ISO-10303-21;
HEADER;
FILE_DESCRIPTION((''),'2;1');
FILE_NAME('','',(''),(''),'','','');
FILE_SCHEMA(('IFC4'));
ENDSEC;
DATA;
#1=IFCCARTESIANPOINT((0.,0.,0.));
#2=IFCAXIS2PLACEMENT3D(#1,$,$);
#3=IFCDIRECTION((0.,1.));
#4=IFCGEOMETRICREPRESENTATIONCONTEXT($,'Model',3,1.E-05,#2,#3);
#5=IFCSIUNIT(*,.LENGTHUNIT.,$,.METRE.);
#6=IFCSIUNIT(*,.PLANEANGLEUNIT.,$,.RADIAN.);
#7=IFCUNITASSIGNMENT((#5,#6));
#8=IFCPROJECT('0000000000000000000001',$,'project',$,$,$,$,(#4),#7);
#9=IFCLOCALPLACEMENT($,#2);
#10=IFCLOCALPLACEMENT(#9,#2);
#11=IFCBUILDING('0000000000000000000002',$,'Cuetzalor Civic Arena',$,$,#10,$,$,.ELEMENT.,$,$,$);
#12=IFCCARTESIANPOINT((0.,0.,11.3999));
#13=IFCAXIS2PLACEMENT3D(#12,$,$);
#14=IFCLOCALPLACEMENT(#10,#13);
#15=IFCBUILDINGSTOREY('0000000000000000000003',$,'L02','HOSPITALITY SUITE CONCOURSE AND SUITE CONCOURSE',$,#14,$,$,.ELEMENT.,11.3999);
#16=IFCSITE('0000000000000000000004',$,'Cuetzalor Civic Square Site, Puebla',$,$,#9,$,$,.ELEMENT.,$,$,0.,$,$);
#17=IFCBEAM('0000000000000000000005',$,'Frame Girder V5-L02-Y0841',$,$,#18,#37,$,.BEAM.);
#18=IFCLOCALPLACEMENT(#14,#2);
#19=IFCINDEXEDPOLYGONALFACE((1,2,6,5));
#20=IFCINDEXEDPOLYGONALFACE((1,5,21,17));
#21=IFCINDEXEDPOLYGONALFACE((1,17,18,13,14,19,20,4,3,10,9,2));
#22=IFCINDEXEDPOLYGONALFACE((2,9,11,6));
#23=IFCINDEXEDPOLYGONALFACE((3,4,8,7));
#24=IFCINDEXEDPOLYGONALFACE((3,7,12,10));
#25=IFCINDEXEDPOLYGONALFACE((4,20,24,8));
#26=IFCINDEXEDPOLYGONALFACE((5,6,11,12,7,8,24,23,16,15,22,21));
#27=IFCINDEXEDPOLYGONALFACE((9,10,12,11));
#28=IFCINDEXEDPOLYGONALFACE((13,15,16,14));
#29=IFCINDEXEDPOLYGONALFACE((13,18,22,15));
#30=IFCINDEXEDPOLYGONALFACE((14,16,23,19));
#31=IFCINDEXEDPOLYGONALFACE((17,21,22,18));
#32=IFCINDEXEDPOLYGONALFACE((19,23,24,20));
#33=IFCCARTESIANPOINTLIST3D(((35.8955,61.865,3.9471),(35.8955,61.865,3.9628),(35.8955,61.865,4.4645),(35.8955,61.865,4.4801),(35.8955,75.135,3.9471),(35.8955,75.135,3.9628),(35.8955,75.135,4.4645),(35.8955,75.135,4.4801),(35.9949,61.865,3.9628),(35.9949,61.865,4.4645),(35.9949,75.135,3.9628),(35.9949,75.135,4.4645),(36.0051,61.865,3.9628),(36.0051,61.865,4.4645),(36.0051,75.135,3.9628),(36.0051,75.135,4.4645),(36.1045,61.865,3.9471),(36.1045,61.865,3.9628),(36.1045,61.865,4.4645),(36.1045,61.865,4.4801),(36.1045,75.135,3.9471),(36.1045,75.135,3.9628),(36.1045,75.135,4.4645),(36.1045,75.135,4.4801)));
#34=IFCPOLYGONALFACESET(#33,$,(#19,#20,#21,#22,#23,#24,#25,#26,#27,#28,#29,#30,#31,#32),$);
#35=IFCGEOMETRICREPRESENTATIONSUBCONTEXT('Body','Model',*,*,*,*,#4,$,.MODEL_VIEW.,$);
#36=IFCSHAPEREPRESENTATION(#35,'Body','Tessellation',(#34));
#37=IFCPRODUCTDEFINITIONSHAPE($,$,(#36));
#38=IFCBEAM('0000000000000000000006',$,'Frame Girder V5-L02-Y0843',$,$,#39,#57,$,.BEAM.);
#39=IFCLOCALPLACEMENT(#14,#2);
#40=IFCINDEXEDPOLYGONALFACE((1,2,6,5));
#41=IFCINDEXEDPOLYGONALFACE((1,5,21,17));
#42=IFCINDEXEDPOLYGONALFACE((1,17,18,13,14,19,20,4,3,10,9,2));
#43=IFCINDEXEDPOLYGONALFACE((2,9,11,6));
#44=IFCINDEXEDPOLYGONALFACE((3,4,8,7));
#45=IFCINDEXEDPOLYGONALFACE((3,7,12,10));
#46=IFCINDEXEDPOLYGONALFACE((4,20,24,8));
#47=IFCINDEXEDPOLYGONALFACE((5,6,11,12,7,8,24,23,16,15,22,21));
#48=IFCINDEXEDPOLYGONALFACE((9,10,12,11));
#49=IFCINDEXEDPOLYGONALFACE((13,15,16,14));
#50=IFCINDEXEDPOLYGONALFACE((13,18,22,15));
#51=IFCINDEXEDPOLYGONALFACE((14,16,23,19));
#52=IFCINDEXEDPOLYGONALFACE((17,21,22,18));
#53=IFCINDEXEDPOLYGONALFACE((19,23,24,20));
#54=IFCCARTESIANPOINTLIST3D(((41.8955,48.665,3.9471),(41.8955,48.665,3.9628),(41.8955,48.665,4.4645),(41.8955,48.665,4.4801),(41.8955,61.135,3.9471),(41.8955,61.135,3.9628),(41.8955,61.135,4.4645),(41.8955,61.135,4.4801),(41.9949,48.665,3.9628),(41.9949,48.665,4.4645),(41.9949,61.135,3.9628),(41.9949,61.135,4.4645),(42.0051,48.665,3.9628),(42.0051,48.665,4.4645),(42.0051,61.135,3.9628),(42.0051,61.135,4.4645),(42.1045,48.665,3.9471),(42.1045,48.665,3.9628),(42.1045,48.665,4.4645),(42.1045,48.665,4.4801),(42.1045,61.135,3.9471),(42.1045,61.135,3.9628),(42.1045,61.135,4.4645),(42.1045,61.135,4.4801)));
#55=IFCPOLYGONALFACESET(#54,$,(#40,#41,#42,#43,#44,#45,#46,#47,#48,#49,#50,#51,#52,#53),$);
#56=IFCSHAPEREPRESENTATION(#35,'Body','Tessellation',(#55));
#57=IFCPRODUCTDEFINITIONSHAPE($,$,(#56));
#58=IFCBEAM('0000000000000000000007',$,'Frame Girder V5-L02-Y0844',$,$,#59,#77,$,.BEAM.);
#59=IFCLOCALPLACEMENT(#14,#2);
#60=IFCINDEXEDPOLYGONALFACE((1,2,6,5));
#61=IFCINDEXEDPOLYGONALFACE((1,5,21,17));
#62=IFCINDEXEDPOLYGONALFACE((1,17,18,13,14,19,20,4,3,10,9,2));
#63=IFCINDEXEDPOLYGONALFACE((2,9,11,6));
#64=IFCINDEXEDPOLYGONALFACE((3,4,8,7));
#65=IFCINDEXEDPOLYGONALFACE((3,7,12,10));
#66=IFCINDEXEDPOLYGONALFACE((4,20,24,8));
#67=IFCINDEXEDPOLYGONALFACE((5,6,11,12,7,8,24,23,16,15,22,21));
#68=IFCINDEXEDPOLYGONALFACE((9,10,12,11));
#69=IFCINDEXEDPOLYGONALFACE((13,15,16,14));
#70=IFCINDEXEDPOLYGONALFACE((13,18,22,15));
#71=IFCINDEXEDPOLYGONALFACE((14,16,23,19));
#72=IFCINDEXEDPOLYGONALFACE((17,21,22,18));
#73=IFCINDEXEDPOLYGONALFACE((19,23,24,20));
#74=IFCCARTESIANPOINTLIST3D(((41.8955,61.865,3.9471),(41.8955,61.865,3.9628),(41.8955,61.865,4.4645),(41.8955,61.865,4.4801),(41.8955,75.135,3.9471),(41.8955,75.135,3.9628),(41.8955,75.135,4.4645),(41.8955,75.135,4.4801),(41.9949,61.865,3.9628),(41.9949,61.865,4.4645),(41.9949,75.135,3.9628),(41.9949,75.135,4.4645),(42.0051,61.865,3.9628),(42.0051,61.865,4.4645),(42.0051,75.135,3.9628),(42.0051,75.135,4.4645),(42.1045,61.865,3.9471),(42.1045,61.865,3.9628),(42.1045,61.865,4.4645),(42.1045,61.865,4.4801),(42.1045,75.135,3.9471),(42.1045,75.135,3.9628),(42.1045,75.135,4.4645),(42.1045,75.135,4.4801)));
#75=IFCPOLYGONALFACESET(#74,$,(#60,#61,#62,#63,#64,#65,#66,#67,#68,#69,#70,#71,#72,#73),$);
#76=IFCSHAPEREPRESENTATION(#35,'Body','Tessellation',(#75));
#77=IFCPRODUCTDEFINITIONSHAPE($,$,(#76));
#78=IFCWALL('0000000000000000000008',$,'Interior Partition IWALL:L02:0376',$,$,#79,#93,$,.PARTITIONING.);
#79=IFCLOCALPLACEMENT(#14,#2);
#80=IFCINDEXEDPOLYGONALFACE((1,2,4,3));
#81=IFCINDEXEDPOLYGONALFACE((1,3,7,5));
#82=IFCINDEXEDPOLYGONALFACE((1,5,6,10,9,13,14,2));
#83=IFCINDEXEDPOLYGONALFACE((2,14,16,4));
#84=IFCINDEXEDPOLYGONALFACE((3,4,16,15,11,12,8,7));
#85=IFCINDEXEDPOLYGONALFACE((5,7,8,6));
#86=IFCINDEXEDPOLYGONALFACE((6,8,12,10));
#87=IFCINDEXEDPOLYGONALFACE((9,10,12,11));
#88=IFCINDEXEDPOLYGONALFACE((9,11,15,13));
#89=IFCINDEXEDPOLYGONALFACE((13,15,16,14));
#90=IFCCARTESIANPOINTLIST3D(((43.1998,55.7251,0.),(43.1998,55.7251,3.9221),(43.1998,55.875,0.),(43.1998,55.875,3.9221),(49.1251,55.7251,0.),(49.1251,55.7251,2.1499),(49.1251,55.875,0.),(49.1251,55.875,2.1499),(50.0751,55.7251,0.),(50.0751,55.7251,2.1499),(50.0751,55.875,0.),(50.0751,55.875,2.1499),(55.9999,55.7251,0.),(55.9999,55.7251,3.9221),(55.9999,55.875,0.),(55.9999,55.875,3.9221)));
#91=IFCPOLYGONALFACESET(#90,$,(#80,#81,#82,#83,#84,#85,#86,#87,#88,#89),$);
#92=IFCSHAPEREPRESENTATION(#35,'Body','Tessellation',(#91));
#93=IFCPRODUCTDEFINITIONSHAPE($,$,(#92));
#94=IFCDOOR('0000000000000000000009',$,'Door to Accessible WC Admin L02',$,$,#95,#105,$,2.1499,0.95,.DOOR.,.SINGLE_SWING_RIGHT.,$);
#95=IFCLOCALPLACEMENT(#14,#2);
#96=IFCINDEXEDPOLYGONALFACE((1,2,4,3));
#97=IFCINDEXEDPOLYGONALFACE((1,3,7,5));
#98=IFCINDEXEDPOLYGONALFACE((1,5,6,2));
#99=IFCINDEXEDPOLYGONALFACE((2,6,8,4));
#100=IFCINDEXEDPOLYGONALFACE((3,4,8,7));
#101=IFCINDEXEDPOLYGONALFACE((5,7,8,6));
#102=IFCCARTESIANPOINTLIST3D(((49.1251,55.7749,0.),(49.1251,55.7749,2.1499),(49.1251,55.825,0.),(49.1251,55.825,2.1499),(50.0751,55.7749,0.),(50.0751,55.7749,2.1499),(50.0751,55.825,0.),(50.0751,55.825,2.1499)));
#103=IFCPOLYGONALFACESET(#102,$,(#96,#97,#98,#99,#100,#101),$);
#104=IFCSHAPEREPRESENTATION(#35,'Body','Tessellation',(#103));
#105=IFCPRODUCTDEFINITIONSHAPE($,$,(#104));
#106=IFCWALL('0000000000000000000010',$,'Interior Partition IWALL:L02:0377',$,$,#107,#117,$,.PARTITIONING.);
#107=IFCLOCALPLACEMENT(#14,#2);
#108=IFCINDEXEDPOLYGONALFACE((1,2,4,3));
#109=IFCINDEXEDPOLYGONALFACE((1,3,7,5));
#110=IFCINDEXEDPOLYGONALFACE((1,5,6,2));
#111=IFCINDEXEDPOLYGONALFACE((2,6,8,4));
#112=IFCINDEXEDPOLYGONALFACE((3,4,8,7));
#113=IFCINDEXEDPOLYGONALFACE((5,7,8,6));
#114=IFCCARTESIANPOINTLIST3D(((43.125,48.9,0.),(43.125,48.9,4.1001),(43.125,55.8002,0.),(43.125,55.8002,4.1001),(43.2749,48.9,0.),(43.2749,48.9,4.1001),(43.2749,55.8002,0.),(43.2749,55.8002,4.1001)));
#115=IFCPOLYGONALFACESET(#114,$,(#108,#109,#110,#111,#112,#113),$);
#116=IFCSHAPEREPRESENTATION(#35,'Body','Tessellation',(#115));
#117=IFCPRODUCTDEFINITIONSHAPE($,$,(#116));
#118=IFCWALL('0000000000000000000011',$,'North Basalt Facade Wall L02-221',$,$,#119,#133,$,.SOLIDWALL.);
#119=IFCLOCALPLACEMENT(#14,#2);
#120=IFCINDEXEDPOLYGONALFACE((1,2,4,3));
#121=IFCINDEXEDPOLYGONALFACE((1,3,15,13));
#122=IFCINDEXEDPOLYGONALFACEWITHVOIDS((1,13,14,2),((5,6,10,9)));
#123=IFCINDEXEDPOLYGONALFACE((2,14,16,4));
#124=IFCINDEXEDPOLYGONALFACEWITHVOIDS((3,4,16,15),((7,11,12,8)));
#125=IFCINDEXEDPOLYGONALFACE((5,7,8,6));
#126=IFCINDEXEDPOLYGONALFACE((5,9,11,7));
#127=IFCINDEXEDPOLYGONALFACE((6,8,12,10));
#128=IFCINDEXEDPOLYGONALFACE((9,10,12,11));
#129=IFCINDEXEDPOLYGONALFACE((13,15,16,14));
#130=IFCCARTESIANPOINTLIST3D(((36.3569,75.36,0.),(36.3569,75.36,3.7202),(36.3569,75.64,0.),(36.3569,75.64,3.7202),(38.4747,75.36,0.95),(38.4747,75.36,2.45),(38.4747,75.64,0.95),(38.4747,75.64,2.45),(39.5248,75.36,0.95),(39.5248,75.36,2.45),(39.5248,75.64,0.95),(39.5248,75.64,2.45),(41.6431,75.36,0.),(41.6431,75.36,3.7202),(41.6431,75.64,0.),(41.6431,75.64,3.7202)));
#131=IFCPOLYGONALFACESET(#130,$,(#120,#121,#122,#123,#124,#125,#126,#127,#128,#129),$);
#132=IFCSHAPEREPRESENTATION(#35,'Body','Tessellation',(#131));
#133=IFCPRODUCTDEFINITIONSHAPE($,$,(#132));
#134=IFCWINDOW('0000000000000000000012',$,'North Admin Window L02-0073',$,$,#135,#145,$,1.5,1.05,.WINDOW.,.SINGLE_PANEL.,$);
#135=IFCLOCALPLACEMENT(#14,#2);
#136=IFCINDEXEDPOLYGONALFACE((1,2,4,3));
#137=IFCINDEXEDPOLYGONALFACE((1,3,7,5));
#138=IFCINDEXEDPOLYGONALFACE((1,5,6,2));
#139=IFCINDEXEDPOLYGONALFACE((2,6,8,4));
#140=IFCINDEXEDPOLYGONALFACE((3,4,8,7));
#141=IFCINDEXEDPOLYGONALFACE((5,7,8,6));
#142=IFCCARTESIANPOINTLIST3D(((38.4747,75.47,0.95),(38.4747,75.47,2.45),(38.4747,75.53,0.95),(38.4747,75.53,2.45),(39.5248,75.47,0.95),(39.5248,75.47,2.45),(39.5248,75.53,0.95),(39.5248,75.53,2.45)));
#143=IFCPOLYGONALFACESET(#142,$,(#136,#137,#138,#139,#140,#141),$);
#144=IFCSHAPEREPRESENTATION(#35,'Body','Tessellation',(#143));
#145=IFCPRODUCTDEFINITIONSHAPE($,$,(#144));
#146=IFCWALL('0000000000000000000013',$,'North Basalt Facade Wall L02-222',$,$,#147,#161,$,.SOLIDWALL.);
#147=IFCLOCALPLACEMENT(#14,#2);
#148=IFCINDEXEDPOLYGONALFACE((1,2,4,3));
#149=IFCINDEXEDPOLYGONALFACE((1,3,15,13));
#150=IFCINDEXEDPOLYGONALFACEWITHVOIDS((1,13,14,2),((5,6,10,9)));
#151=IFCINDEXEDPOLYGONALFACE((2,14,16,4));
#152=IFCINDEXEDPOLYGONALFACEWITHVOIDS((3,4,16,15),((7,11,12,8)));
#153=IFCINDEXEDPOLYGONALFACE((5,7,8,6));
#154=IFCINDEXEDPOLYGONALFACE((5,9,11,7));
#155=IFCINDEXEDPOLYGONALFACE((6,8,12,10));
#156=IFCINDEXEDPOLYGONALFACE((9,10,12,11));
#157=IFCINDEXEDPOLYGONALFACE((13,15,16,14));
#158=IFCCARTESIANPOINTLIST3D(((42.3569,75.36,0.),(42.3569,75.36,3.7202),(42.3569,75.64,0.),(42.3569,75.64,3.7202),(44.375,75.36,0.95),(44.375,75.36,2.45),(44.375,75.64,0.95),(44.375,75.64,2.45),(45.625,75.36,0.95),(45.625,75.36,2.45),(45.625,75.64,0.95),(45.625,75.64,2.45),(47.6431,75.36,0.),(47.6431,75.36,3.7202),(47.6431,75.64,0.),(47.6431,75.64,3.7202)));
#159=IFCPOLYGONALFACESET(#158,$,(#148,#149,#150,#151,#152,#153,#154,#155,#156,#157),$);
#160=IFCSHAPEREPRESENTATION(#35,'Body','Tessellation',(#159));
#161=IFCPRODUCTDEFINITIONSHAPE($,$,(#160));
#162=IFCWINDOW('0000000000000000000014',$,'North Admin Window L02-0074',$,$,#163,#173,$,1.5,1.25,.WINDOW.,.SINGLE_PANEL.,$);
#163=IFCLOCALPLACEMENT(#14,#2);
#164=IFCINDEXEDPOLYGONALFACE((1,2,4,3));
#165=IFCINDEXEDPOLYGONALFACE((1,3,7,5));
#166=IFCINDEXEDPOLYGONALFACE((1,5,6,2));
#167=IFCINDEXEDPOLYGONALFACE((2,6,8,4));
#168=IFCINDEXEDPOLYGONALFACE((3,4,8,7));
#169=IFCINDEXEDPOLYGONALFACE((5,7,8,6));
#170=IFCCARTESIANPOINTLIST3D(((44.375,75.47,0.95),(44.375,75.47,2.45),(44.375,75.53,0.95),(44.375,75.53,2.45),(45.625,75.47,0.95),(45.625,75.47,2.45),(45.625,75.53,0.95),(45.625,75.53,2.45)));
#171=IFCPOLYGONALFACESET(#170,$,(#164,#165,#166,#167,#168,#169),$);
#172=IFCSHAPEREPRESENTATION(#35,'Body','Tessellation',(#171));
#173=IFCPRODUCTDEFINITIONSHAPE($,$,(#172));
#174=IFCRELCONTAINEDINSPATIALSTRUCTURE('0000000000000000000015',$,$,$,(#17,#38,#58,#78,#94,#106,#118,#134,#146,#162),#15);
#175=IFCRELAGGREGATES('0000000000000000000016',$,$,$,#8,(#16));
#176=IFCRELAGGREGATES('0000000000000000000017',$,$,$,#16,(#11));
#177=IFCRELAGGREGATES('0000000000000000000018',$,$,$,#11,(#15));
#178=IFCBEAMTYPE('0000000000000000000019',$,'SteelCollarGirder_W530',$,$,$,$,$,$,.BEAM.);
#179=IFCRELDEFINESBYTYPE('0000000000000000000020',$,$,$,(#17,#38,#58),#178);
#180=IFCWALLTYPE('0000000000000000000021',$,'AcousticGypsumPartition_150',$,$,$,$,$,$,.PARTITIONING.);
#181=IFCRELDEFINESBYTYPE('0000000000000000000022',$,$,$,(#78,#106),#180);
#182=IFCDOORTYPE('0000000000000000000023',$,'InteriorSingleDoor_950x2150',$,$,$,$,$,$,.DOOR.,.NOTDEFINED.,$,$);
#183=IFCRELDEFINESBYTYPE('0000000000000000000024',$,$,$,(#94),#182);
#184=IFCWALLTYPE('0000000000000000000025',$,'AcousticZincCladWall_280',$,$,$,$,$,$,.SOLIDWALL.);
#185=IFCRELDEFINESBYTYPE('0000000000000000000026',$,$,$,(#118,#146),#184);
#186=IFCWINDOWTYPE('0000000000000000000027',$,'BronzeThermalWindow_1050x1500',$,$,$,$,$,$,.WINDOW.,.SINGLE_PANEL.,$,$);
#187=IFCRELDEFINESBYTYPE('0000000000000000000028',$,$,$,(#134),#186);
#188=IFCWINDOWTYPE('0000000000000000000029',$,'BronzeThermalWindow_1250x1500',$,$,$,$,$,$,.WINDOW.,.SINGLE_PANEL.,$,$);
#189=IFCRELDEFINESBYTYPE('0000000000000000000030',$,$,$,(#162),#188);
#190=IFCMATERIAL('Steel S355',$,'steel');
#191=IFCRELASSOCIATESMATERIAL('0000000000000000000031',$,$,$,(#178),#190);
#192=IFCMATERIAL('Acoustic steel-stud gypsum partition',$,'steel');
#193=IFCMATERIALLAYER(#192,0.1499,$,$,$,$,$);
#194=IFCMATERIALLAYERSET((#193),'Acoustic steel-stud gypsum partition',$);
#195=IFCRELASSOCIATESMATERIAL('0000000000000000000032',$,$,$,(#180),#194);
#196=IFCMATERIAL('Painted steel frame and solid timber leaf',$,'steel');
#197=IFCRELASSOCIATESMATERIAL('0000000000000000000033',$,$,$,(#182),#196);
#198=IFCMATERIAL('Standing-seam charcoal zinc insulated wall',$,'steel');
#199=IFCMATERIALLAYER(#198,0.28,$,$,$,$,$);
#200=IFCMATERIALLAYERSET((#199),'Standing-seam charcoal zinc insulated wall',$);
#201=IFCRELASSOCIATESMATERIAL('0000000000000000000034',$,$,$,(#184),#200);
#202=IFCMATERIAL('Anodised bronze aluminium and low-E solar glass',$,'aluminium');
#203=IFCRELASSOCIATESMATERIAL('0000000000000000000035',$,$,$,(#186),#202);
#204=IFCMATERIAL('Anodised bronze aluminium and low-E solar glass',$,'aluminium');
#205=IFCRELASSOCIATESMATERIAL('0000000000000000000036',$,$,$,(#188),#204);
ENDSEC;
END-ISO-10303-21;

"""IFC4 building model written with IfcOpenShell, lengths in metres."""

from ifc_helpers import new_model, si_unit, direction, frame, frame_2d, origin, origin_2d, place, context, subcontext, project, spatial, rectangle, i_section, extrude, material, layer, layer_set, material_profile, profile_set, type_object, element, fill, save


model = new_model("IFC4")

# Units and contexts
model_context = context("Model", 3, precision=1e-05, world=origin(), true_north=direction((0.0, 1.0)))
body_context = subcontext(model_context, "Body", "Model", "MODEL_VIEW")
ifc_project = project(units=[si_unit("LENGTHUNIT", "METRE"), si_unit("PLANEANGLEUNIT", "RADIAN")], contexts=[model_context])

# Site, building, storey
site_placement = place(None, origin())
site = spatial("IfcSite", under=ifc_project, at=site_placement, Name="Cuetzalor Civic Square Site, Puebla", CompositionType="ELEMENT", RefElevation=0.0)
building_placement = place(site_placement, origin())
building = spatial("IfcBuilding", under=site, at=building_placement, Name="Cuetzalor Civic Arena", CompositionType="ELEMENT")
storey_placement = place(building_placement, frame((0.0, 0.0, 11.3999)))
storey = spatial("IfcBuildingStorey", under=building, at=storey_placement, Name="L02", Description="HOSPITALITY SUITE CONCOURSE AND SUITE CONCOURSE", CompositionType="ELEMENT", Elevation=11.3999)

# Beams
ifc_material_1 = material(Name="Steel S355", Category="steel")
ifc_material_profile_1 = material_profile(ifc_material_1, i_section(OverallWidth=0.209, OverallDepth=0.533, WebThickness=0.0103, FlangeThickness=0.0156, at=origin_2d()), Name="W530x92")
ifc_profile_set_1 = profile_set([ifc_material_profile_1], Name="Steel S355")
beam_type_1 = type_object("IfcBeamType", Name="SteelCollarGirder_W530", PredefinedType="BEAM", material=ifc_profile_set_1)
beam_1_placement = place(storey_placement, frame((36.0, 61.865, 4.2136), z_axis=(0.0, 1.0, 0.0), x_axis=(-1.0, 0.0, 0.0)))
element("IfcBeam", 1, at=beam_1_placement, inside=storey, type_object=beam_type_1, Name="Frame Girder V5-L02-Y0841", PredefinedType="BEAM", context=body_context, shape_type="SweptSolid", body=[
    extrude(i_section(OverallWidth=0.209, OverallDepth=0.533, WebThickness=0.0103, FlangeThickness=0.0156, at=origin_2d()), origin(), (0.0, 0.0, 1.0), 13.27),
])
beam_2_placement = place(storey_placement, frame((42.0, 48.665, 4.2136), z_axis=(0.0, 1.0, 0.0), x_axis=(-1.0, 0.0, 0.0)))
element("IfcBeam", 2, at=beam_2_placement, inside=storey, type_object=beam_type_1, Name="Frame Girder V5-L02-Y0843", PredefinedType="BEAM", context=body_context, shape_type="SweptSolid", body=[
    extrude(i_section(OverallWidth=0.209, OverallDepth=0.533, WebThickness=0.0103, FlangeThickness=0.0156, at=origin_2d()), origin(), (0.0, 0.0, 1.0), 12.47),
])
beam_3_placement = place(storey_placement, frame((42.0, 61.865, 4.2136), z_axis=(0.0, 1.0, 0.0), x_axis=(-1.0, 0.0, 0.0)))
element("IfcBeam", 3, at=beam_3_placement, inside=storey, type_object=beam_type_1, Name="Frame Girder V5-L02-Y0844", PredefinedType="BEAM", context=body_context, shape_type="SweptSolid", body=[
    extrude(i_section(OverallWidth=0.209, OverallDepth=0.533, WebThickness=0.0103, FlangeThickness=0.0156, at=origin_2d()), origin(), (0.0, 0.0, 1.0), 13.27),
])

# Wall, opening, door
ifc_material_2 = material(Name="Acoustic steel-stud gypsum partition", Category="steel")
ifc_layer_1 = layer(ifc_material_2, 0.1499)
ifc_layer_set_1 = layer_set([ifc_layer_1], Name="Acoustic steel-stud gypsum partition")
wall_type_1 = type_object("IfcWallType", Name="AcousticGypsumPartition_150", PredefinedType="PARTITIONING", material=ifc_layer_set_1)
wall_1_placement = place(storey_placement, frame((43.2, 55.8, 0.0), z_axis=(0.0, 0.0, 1.0), x_axis=(1.0, 0.0, 0.0)))
wall_1 = element("IfcWall", 4, at=wall_1_placement, inside=storey, type_object=wall_type_1, Name="Interior Partition IWALL:L02:0376", PredefinedType="PARTITIONING", context=body_context, shape_type="SweptSolid", body=[
    extrude(rectangle(XDim=12.8, YDim=0.1499, at=frame_2d((6.3999, 0.0))), origin(), (0.0, 0.0, 1.0), 3.9221),
])
opening_1_placement = place(wall_1_placement, frame((5.925, 0.0, 0.0)))
opening_1 = element("IfcOpeningElement", 5, at=opening_1_placement, cuts=wall_1, PredefinedType="OPENING", context=body_context, shape_type="SweptSolid", body=[
    extrude(rectangle(XDim=0.95, YDim=2.1499, at=frame_2d((0.4751, 1.075))), frame((0.0, 0.085, 0.0), z_axis=(0.0, -1.0, 0.0), x_axis=(1.0, 0.0, 0.0)), (0.0, 0.0, 1.0), 0.1699),
])
ifc_material_3 = material(Name="Painted steel frame and solid timber leaf", Category="steel")
door_type = type_object("IfcDoorType", Name="InteriorSingleDoor_950x2150", OperationType="NOTDEFINED", PredefinedType="DOOR", material=ifc_material_3)
door_placement = place(opening_1_placement, origin())
door = element("IfcDoor", 6, at=door_placement, inside=storey, type_object=door_type, Name="Door to Accessible WC Admin L02", OperationType="SINGLE_SWING_RIGHT", OverallHeight=2.1499, OverallWidth=0.95, PredefinedType="DOOR", context=body_context, shape_type="SweptSolid", body=[
    extrude(rectangle(XDim=0.95, YDim=2.1499, at=frame_2d((0.4751, 1.075))), frame((0.0, 0.0249, 0.0), z_axis=(0.0, -1.0, 0.0), x_axis=(1.0, 0.0, 0.0)), (0.0, 0.0, 1.0), 0.05),
])
fill(opening_1, door)

# Wall
wall_2_placement = place(storey_placement, frame((43.2, 48.8999, 0.0), z_axis=(0.0, 0.0, 1.0), x_axis=(0.0, 1.0, 0.0)))
element("IfcWall", 7, at=wall_2_placement, inside=storey, type_object=wall_type_1, Name="Interior Partition IWALL:L02:0377", PredefinedType="PARTITIONING", context=body_context, shape_type="SweptSolid", body=[
    extrude(rectangle(XDim=6.9001, YDim=0.1499, at=frame_2d((3.4502, 0.0))), origin(), (0.0, 0.0, 1.0), 4.1001),
])

# Walls, openings, windows
ifc_material_4 = material(Name="Standing-seam charcoal zinc insulated wall", Category="steel")
ifc_layer_2 = layer(ifc_material_4, 0.28)
ifc_layer_set_2 = layer_set([ifc_layer_2], Name="Standing-seam charcoal zinc insulated wall")
wall_type_2 = type_object("IfcWallType", Name="AcousticZincCladWall_280", PredefinedType="SOLIDWALL", material=ifc_layer_set_2)
wall_3_placement = place(storey_placement, frame((36.3569, 75.5, 0.0), z_axis=(0.0, 0.0, 1.0), x_axis=(1.0, 0.0, 0.0)))
wall_3 = element("IfcWall", 8, at=wall_3_placement, inside=storey, type_object=wall_type_2, Name="North Basalt Facade Wall L02-221", PredefinedType="SOLIDWALL", context=body_context, shape_type="SweptSolid", body=[
    extrude(rectangle(XDim=5.2861, YDim=0.28, at=frame_2d((2.6431, 0.0))), origin(), (0.0, 0.0, 1.0), 3.7202),
])
opening_2_placement = place(wall_3_placement, frame((2.1179, 0.0, 0.95)))
opening_2 = element("IfcOpeningElement", 9, at=opening_2_placement, cuts=wall_3, PredefinedType="OPENING", context=body_context, shape_type="SweptSolid", body=[
    extrude(rectangle(XDim=1.05, YDim=1.5, at=frame_2d((0.5249, 0.75))), frame((0.0, 0.1499, 0.0), z_axis=(0.0, -1.0, 0.0), x_axis=(1.0, 0.0, 0.0)), (0.0, 0.0, 1.0), 0.3),
])
ifc_material_5 = material(Name="Anodised bronze aluminium and low-E solar glass", Category="aluminium")
window_type_1 = type_object("IfcWindowType", Name="BronzeThermalWindow_1050x1500", PartitioningType="SINGLE_PANEL", PredefinedType="WINDOW", material=ifc_material_5)
window_1_placement = place(opening_2_placement, origin())
window_1 = element("IfcWindow", 10, at=window_1_placement, inside=storey, type_object=window_type_1, Name="North Admin Window L02-0073", OverallHeight=1.5, OverallWidth=1.05, PartitioningType="SINGLE_PANEL", PredefinedType="WINDOW", context=body_context, shape_type="SweptSolid", body=[
    extrude(rectangle(XDim=1.05, YDim=1.5, at=frame_2d((0.5249, 0.75))), frame((0.0, 0.03, 0.0), z_axis=(0.0, -1.0, 0.0), x_axis=(1.0, 0.0, 0.0)), (0.0, 0.0, 1.0), 0.0601),
])
fill(opening_2, window_1)
wall_4_placement = place(storey_placement, frame((42.3569, 75.5, 0.0), z_axis=(0.0, 0.0, 1.0), x_axis=(1.0, 0.0, 0.0)))
wall_4 = element("IfcWall", 11, at=wall_4_placement, inside=storey, type_object=wall_type_2, Name="North Basalt Facade Wall L02-222", PredefinedType="SOLIDWALL", context=body_context, shape_type="SweptSolid", body=[
    extrude(rectangle(XDim=5.2861, YDim=0.28, at=frame_2d((2.6431, 0.0))), origin(), (0.0, 0.0, 1.0), 3.7202),
])
opening_3_placement = place(wall_4_placement, frame((2.0181, 0.0, 0.95)))
opening_3 = element("IfcOpeningElement", 12, at=opening_3_placement, cuts=wall_4, PredefinedType="OPENING", context=body_context, shape_type="SweptSolid", body=[
    extrude(rectangle(XDim=1.25, YDim=1.5, at=frame_2d((0.625, 0.75))), frame((0.0, 0.1499, 0.0), z_axis=(0.0, -1.0, 0.0), x_axis=(1.0, 0.0, 0.0)), (0.0, 0.0, 1.0), 0.3),
])
ifc_material_6 = material(Name="Anodised bronze aluminium and low-E solar glass", Category="aluminium")
window_type_2 = type_object("IfcWindowType", Name="BronzeThermalWindow_1250x1500", PartitioningType="SINGLE_PANEL", PredefinedType="WINDOW", material=ifc_material_6)
window_2_placement = place(opening_3_placement, origin())
window_2 = element("IfcWindow", 13, at=window_2_placement, inside=storey, type_object=window_type_2, Name="North Admin Window L02-0074", OverallHeight=1.5, OverallWidth=1.25, PartitioningType="SINGLE_PANEL", PredefinedType="WINDOW", context=body_context, shape_type="SweptSolid", body=[
    extrude(rectangle(XDim=1.25, YDim=1.5, at=frame_2d((0.625, 0.75))), frame((0.0, 0.03, 0.0), z_axis=(0.0, -1.0, 0.0), x_axis=(1.0, 0.0, 0.0)), (0.0, 0.0, 1.0), 0.0601),
])
fill(opening_3, window_2)

save(model, "model.ifc")
